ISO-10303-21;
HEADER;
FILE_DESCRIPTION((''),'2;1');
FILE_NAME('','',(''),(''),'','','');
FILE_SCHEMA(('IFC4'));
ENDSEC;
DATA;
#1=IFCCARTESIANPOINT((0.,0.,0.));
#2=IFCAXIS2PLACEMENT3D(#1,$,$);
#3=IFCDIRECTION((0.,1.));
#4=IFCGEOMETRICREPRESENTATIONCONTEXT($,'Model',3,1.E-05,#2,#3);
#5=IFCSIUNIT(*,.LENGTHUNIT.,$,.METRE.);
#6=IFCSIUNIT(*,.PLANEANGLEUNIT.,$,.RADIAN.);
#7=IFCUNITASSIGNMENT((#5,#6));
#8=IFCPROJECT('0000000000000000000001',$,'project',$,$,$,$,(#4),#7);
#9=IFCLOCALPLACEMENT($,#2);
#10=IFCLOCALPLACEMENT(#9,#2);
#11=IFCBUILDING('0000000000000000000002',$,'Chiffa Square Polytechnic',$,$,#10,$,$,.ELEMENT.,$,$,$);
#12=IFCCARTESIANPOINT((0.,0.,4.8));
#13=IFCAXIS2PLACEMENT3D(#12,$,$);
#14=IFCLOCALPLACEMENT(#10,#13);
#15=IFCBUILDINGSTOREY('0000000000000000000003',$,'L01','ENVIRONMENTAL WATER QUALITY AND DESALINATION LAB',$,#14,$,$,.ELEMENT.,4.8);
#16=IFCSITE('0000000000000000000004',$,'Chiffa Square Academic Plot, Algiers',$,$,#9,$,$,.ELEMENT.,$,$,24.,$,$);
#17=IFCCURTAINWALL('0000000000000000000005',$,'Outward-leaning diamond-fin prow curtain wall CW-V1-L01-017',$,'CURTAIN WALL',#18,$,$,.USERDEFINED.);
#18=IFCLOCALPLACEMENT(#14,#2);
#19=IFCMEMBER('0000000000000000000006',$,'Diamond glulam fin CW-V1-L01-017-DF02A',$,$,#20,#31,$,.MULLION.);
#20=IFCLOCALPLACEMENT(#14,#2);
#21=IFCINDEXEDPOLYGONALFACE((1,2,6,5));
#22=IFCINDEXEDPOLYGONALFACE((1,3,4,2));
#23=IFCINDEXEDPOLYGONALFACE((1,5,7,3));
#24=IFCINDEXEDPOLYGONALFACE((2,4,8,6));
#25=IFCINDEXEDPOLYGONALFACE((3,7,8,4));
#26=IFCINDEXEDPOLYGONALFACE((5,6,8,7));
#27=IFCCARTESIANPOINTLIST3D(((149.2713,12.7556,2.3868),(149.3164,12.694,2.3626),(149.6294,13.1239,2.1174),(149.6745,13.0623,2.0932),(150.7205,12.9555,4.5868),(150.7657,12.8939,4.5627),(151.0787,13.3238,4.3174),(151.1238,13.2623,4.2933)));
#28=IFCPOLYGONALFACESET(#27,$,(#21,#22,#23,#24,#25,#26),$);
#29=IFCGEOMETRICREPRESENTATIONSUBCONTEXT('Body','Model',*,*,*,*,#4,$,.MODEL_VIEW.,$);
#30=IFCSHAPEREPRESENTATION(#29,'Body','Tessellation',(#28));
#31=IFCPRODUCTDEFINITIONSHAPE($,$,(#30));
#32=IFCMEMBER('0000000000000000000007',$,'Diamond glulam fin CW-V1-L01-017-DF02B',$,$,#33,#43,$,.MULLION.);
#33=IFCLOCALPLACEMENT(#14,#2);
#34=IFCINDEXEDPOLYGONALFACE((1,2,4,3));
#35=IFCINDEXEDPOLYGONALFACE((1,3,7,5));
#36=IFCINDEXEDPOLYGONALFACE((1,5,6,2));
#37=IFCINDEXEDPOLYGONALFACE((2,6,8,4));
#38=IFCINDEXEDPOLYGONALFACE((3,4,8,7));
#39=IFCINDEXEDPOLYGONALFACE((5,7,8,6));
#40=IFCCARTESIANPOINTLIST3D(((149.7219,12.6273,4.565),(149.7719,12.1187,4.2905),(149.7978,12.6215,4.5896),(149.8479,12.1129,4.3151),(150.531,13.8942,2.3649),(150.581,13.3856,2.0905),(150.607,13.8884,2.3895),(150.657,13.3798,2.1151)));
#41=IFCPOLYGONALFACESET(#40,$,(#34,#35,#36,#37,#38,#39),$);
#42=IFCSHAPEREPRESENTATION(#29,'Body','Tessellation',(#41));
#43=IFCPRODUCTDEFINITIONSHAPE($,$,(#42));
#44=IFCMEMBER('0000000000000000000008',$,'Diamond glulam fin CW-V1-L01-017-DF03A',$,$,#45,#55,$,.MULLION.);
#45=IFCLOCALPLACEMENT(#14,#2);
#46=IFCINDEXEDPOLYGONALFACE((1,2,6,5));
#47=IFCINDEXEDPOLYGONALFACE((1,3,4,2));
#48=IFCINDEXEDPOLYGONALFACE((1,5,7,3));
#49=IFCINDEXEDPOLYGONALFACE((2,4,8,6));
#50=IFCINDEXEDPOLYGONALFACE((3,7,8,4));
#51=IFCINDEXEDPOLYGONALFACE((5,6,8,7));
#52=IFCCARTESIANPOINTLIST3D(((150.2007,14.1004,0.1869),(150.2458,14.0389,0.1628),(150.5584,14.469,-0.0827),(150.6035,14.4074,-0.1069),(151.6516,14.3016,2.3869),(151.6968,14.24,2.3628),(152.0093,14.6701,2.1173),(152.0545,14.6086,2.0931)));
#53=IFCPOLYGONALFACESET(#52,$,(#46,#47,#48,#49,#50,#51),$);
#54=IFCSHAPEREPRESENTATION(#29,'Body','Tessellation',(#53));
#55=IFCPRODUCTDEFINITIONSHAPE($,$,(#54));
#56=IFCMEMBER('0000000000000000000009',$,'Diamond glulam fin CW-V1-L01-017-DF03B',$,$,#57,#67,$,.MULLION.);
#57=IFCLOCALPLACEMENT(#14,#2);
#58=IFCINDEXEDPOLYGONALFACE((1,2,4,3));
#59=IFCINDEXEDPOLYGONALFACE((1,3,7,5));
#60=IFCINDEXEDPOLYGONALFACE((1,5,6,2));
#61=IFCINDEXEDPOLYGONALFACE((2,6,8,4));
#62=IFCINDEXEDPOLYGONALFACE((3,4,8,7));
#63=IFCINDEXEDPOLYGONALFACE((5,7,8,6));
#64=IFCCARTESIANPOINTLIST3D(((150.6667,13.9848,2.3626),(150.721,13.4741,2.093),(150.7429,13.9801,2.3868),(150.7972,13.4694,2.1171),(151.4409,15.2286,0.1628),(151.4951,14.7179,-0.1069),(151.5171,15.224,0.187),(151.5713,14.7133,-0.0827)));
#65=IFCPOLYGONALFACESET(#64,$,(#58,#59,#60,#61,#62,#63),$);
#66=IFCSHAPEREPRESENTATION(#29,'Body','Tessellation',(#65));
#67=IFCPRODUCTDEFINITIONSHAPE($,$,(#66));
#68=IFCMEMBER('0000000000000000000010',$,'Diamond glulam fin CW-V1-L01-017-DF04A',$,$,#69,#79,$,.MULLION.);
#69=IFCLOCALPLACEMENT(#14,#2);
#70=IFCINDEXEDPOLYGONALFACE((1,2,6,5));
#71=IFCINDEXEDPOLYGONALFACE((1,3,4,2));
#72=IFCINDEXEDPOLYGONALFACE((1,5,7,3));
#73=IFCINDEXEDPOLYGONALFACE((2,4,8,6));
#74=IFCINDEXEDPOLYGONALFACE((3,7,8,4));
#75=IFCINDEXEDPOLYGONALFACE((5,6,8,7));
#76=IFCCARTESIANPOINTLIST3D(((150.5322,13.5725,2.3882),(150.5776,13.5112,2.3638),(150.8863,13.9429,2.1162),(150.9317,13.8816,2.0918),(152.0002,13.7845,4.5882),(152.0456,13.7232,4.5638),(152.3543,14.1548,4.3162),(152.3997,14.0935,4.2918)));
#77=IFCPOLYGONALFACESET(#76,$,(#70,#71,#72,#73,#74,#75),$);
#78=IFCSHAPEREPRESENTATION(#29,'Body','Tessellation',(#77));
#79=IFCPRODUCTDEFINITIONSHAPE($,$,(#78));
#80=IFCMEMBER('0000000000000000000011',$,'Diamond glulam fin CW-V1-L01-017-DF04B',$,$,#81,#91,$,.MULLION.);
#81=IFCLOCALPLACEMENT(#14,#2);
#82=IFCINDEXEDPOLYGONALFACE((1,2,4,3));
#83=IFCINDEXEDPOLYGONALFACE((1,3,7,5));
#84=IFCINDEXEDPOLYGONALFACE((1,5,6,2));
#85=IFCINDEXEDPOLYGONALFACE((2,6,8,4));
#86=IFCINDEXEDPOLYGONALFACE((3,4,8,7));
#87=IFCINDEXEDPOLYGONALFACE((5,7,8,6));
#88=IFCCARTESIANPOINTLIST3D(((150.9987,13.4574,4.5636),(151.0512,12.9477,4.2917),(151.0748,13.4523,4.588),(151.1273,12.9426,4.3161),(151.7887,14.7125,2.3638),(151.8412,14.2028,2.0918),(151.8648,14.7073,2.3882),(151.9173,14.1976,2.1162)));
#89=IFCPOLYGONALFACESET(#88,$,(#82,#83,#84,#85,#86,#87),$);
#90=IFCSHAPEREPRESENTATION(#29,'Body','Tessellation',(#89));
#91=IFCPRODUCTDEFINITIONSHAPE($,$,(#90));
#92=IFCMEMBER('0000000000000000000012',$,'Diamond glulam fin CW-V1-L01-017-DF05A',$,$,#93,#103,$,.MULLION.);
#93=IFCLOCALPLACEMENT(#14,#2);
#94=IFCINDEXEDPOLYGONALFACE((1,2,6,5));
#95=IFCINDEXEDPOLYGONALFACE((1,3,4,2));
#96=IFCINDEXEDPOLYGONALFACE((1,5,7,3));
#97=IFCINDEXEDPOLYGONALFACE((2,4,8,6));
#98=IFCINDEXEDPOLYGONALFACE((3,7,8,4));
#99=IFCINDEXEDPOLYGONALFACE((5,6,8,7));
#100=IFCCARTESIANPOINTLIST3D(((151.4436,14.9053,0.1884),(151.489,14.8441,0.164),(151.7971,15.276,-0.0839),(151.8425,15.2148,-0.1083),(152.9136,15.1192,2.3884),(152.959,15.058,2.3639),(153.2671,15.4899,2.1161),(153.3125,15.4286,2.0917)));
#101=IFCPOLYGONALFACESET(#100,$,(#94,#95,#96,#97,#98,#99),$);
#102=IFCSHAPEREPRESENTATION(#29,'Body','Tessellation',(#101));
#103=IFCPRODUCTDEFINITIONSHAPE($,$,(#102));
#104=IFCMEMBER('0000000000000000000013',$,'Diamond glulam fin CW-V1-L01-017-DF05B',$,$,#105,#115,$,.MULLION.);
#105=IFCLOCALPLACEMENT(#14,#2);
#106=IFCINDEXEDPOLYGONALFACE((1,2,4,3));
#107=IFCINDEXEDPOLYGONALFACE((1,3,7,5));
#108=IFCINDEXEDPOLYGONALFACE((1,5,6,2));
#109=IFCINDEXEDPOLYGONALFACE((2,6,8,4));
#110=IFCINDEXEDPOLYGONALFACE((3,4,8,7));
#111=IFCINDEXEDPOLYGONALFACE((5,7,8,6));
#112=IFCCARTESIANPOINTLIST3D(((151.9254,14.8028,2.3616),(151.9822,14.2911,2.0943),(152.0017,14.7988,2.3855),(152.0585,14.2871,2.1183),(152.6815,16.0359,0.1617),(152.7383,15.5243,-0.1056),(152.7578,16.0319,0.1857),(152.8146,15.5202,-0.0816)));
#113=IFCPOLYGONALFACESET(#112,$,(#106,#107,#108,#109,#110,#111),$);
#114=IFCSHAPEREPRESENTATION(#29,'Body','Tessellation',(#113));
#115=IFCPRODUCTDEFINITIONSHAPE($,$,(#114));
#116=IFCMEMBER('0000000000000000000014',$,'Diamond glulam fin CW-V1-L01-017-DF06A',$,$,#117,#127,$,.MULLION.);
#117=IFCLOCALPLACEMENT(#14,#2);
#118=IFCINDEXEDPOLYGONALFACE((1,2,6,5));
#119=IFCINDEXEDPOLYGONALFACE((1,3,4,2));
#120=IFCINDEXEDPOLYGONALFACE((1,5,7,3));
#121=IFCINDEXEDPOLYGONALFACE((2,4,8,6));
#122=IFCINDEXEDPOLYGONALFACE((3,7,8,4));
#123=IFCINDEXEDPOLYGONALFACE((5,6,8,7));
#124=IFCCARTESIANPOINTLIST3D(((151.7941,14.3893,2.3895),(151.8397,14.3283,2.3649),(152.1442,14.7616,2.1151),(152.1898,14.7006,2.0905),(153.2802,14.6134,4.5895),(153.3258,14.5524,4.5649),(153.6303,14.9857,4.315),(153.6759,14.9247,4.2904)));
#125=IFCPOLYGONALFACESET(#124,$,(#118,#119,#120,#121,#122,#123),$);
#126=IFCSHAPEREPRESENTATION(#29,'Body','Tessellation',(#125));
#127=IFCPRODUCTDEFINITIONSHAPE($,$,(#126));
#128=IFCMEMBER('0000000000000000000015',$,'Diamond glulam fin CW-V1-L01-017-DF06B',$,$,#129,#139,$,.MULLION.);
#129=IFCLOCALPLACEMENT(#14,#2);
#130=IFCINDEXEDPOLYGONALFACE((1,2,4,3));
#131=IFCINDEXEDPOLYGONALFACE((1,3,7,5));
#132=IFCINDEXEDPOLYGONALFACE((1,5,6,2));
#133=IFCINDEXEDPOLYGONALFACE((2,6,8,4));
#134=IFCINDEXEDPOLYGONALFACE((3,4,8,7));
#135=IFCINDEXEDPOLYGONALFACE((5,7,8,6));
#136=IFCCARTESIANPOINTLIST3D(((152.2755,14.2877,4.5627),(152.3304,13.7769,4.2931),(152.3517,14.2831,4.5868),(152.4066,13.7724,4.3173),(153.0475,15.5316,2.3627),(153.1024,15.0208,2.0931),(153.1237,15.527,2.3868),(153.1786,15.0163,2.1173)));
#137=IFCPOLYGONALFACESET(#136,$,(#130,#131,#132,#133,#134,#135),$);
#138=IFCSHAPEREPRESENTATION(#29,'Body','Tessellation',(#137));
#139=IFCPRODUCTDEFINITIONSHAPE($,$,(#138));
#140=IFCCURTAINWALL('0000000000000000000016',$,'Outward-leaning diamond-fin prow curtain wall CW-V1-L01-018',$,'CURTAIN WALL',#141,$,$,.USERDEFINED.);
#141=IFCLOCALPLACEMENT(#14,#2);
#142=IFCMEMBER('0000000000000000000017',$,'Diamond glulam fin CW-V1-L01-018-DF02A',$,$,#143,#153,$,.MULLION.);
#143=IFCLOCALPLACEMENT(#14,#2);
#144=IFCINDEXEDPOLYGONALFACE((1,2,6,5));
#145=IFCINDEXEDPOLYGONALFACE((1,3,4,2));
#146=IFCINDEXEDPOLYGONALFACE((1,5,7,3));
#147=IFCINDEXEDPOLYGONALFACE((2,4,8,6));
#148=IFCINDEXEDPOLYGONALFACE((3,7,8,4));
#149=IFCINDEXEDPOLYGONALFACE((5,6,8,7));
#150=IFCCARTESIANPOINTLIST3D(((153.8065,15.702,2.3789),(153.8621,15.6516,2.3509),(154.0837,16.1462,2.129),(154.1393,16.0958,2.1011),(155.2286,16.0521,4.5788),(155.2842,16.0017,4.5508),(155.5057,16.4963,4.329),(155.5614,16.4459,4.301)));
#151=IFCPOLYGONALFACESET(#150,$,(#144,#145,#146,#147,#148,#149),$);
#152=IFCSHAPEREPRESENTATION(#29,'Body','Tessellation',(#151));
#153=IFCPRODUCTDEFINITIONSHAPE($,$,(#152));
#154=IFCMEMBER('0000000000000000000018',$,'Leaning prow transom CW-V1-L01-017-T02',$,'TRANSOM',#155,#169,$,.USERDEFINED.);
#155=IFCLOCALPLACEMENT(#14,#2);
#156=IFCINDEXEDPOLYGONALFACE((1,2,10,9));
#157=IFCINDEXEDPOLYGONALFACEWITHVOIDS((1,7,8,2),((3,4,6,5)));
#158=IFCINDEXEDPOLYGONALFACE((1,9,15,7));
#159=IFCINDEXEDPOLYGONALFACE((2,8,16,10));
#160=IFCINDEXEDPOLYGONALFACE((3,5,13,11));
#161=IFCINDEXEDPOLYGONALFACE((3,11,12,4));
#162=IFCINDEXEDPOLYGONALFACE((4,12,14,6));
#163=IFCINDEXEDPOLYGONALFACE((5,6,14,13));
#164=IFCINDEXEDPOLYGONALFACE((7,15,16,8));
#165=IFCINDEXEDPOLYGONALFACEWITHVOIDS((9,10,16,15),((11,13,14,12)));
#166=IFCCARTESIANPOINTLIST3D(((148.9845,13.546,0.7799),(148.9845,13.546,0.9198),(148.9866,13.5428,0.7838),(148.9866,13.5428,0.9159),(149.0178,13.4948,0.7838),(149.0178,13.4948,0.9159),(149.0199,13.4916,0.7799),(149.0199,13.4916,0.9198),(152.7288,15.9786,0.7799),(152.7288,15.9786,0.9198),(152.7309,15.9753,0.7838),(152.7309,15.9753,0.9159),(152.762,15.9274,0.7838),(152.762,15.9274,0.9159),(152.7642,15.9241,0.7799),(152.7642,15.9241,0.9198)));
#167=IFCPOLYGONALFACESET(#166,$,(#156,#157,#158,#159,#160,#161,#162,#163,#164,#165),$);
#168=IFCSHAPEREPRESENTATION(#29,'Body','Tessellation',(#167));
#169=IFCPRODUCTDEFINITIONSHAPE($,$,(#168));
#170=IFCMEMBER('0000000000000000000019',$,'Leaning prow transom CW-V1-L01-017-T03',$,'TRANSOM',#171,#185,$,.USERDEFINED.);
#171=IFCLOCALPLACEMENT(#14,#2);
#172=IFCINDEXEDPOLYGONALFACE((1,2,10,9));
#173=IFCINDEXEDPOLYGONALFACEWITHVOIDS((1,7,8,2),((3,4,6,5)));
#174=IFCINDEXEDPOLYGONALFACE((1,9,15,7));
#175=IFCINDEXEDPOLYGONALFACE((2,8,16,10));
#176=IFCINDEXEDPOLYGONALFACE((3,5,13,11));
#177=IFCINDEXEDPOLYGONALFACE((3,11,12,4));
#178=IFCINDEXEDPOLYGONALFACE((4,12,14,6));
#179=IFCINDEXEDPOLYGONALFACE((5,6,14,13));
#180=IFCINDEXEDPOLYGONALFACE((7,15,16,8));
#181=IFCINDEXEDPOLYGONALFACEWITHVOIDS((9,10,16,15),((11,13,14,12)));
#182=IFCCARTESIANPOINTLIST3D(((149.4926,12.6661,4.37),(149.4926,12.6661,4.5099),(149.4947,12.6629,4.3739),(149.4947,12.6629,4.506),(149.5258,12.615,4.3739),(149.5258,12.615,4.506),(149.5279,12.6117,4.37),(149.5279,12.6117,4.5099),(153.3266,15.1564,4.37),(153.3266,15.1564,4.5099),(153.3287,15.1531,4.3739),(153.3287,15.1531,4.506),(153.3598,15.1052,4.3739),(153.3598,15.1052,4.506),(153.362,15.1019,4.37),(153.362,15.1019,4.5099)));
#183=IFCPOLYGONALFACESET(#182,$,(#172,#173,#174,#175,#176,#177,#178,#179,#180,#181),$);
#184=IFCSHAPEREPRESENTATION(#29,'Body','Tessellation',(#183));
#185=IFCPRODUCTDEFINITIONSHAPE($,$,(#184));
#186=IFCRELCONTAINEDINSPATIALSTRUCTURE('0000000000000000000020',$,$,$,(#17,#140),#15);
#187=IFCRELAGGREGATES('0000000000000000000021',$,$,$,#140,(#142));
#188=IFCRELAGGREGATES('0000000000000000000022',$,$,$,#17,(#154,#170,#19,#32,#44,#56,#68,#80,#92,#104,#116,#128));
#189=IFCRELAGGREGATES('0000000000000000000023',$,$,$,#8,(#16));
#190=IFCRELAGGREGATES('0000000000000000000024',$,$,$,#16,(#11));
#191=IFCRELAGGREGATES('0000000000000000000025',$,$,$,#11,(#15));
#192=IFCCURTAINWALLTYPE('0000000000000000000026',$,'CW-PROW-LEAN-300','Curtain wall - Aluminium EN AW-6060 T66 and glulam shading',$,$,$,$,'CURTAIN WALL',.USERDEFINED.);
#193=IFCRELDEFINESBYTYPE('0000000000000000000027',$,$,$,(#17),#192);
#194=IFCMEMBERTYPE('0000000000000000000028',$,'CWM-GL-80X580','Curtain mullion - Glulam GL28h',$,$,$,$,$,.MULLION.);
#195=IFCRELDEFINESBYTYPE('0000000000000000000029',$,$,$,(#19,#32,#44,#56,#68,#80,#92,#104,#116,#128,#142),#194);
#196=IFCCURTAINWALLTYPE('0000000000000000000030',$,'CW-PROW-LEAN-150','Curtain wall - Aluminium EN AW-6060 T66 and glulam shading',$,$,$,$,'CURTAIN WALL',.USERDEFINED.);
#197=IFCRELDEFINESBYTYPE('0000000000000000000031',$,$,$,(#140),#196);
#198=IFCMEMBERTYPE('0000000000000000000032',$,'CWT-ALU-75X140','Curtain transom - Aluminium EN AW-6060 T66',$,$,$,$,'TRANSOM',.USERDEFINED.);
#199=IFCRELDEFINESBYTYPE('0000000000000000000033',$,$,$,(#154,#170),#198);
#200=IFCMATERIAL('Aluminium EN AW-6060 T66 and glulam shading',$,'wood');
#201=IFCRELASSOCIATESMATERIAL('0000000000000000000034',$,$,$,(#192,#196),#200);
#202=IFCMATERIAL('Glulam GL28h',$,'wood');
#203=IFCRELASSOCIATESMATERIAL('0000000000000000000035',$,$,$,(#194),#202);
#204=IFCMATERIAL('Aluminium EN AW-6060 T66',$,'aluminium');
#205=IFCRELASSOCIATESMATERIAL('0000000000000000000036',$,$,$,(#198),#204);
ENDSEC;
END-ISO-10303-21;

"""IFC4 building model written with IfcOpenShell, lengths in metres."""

from ifc_helpers import new_model, si_unit, direction, frame, origin, origin_2d, place, context, subcontext, project, spatial, rectangle, hollow_rectangle, extrude, material, material_profile, profile_set, type_object, element, aggregate, save


model = new_model("IFC4")

# Units and contexts
model_context = context("Model", 3, precision=1e-05, world=origin(), true_north=direction((0.0, 1.0)))
body_context = subcontext(model_context, "Body", "Model", "MODEL_VIEW")
ifc_project = project(units=[si_unit("LENGTHUNIT", "METRE"), si_unit("PLANEANGLEUNIT", "RADIAN")], contexts=[model_context])

# Site, building, storey
site_placement = place(None, origin())
site = spatial("IfcSite", under=ifc_project, at=site_placement, Name="Chiffa Square Academic Plot, Algiers", CompositionType="ELEMENT", RefElevation=24.0)
building_placement = place(site_placement, origin())
building = spatial("IfcBuilding", under=site, at=building_placement, Name="Chiffa Square Polytechnic", CompositionType="ELEMENT")
storey_placement = place(building_placement, frame((0.0, 0.0, 4.8)))
storey = spatial("IfcBuildingStorey", under=building, at=storey_placement, Name="L01", Description="ENVIRONMENTAL WATER QUALITY AND DESALINATION LAB", CompositionType="ELEMENT", Elevation=4.8)

# Curtain wall, members
ifc_material_1 = material(Name="Aluminium EN AW-6060 T66 and glulam shading", Category="wood")
curtain_wall_type_1 = type_object("IfcCurtainWallType", Name="CW-PROW-LEAN-300", Description="Curtain wall - Aluminium EN AW-6060 T66 and glulam shading", ElementType="CURTAIN WALL", PredefinedType="USERDEFINED", material=ifc_material_1)
curtain_wall_1_placement = place(storey_placement, origin())
curtain_wall_1 = element("IfcCurtainWall", 1, at=curtain_wall_1_placement, inside=storey, type_object=curtain_wall_type_1, Name="Outward-leaning diamond-fin prow curtain wall CW-V1-L01-017", ObjectType="CURTAIN WALL", PredefinedType="USERDEFINED")
ifc_material_2 = material(Name="Aluminium EN AW-6060 T66", Category="aluminium")
ifc_material_3 = material(Name="Glulam GL28h", Category="wood")
ifc_material_profile_1 = material_profile(ifc_material_3, rectangle(XDim=0.0801, YDim=0.5801, at=origin_2d()), Name="GL28h 80x580")
ifc_profile_set_1 = profile_set([ifc_material_profile_1], Name="Glulam GL28h")
member_type_1 = type_object("IfcMemberType", Name="CWM-GL-80X580", Description="Curtain mullion - Glulam GL28h", PredefinedType="MULLION", material=ifc_profile_set_1)
member_1_placement = place(storey_placement, frame((149.4729, 12.9089, 2.24), z_axis=(0.548537, 0.075683, 0.832694), x_axis=(-0.563888, 0.768815, 0.301585)))
member_1 = element("IfcMember", 2, at=member_1_placement, type_object=member_type_1, Name="Diamond glulam fin CW-V1-L01-017-DF02A", PredefinedType="MULLION", context=body_context, shape_type="SweptSolid", body=[
    extrude(rectangle(XDim=0.0801, YDim=0.5801, at=origin_2d()), origin(), (0.0, 0.0, 1.0), 2.6421),
])
member_2_placement = place(storey_placement, frame((150.594, 13.637, 2.24), z_axis=(-0.303658, -0.475462, 0.825668), x_axis=(0.948865, -0.072423, 0.307262)))
member_2 = element("IfcMember", 3, at=member_2_placement, type_object=member_type_1, Name="Diamond glulam fin CW-V1-L01-017-DF02B", PredefinedType="MULLION", context=body_context, shape_type="SweptSolid", body=[
    extrude(rectangle(XDim=0.0801, YDim=0.5801, at=origin_2d()), origin(), (0.0, 0.0, 1.0), 2.6646),
])
member_3_placement = place(storey_placement, frame((150.4021, 14.2539, 0.04), z_axis=(0.54897, 0.076115, 0.832369), x_axis=(-0.564225, 0.768463, 0.301851)))
member_3 = element("IfcMember", 4, at=member_3_placement, type_object=member_type_1, Name="Diamond glulam fin CW-V1-L01-017-DF03A", PredefinedType="MULLION", context=body_context, shape_type="SweptSolid", body=[
    extrude(rectangle(XDim=0.0801, YDim=0.5801, at=origin_2d()), origin(), (0.0, 0.0, 1.0), 2.6431),
])
member_4_placement = place(storey_placement, frame((151.5061, 14.9709, 0.04), z_axis=(-0.292893, -0.470606, 0.832312), x_axis=(0.951557, -0.05829, 0.301897)))
member_4 = element("IfcMember", 5, at=member_4_placement, type_object=member_type_1, Name="Diamond glulam fin CW-V1-L01-017-DF03B", PredefinedType="MULLION", context=body_context, shape_type="SweptSolid", body=[
    extrude(rectangle(XDim=0.0801, YDim=0.5801, at=origin_2d()), origin(), (0.0, 0.0, 1.0), 2.6431),
])
member_5_placement = place(storey_placement, frame((150.7319, 13.7271, 2.24), z_axis=(0.553289, 0.079869, 0.829151), x_axis=(-0.566779, 0.765547, 0.304466)))
member_5 = element("IfcMember", 6, at=member_5_placement, type_object=member_type_1, Name="Diamond glulam fin CW-V1-L01-017-DF04A", PredefinedType="MULLION", context=body_context, shape_type="SweptSolid", body=[
    extrude(rectangle(XDim=0.0801, YDim=0.5801, at=origin_2d()), origin(), (0.0, 0.0, 1.0), 2.6533),
])
member_6_placement = place(storey_placement, frame((151.853, 14.4551, 2.24), z_axis=(-0.297772, -0.473068, 0.82918), x_axis=(0.950339, -0.06457, 0.304444)))
member_6 = element("IfcMember", 7, at=member_6_placement, type_object=member_type_1, Name="Diamond glulam fin CW-V1-L01-017-DF04B", PredefinedType="MULLION", context=body_context, shape_type="SweptSolid", body=[
    extrude(rectangle(XDim=0.0801, YDim=0.5801, at=origin_2d()), origin(), (0.0, 0.0, 1.0), 2.6531),
])
member_7_placement = place(storey_placement, frame((151.6431, 15.0601, 0.04), z_axis=(0.553767, 0.080568, 0.828765), x_axis=(-0.567422, 0.764946, 0.304778)))
member_7 = element("IfcMember", 8, at=member_7_placement, type_object=member_type_1, Name="Diamond glulam fin CW-V1-L01-017-DF05A", PredefinedType="MULLION", context=body_context, shape_type="SweptSolid", body=[
    extrude(rectangle(XDim=0.0801, YDim=0.5801, at=origin_2d()), origin(), (0.0, 0.0, 1.0), 2.6545),
])
member_8_placement = place(storey_placement, frame((152.748, 15.7781, 0.04), z_axis=(-0.287175, -0.468364, 0.835563), x_axis=(0.95285, -0.050424, 0.299222)))
member_8 = element("IfcMember", 9, at=member_8_placement, type_object=member_type_1, Name="Diamond glulam fin CW-V1-L01-017-DF05B", PredefinedType="MULLION", context=body_context, shape_type="SweptSolid", body=[
    extrude(rectangle(XDim=0.0801, YDim=0.5801, at=origin_2d()), origin(), (0.0, 0.0, 1.0), 2.6328),
])
member_9_placement = place(storey_placement, frame((151.9919, 14.5449, 2.24), z_axis=(0.557778, 0.08412, 0.825716), x_axis=(-0.569757, 0.762228, 0.307223)))
member_9 = element("IfcMember", 10, at=member_9_placement, type_object=member_type_1, Name="Diamond glulam fin CW-V1-L01-017-DF06A", PredefinedType="MULLION", context=body_context, shape_type="SweptSolid", body=[
    extrude(rectangle(XDim=0.0801, YDim=0.5801, at=origin_2d()), origin(), (0.0, 0.0, 1.0), 2.6643),
])
member_10_placement = place(storey_placement, frame((153.113, 15.2739, 2.24), z_axis=(-0.292133, -0.47072, 0.832515), x_axis=(0.951688, -0.056984, 0.301732)))
member_10 = element("IfcMember", 11, at=member_10_placement, type_object=member_type_1, Name="Diamond glulam fin CW-V1-L01-017-DF06B", PredefinedType="MULLION", context=body_context, shape_type="SweptSolid", body=[
    extrude(rectangle(XDim=0.0801, YDim=0.5801, at=origin_2d()), origin(), (0.0, 0.0, 1.0), 2.6426),
])

# Curtain wall, member
curtain_wall_type_2 = type_object("IfcCurtainWallType", Name="CW-PROW-LEAN-150", Description="Curtain wall - Aluminium EN AW-6060 T66 and glulam shading", ElementType="CURTAIN WALL", PredefinedType="USERDEFINED", material=ifc_material_1)
curtain_wall_2_placement = place(storey_placement, origin())
curtain_wall_2 = element("IfcCurtainWall", 12, at=curtain_wall_2_placement, inside=storey, type_object=curtain_wall_type_2, Name="Outward-leaning diamond-fin prow curtain wall CW-V1-L01-018", ObjectType="CURTAIN WALL", PredefinedType="USERDEFINED")
member_11_placement = place(storey_placement, frame((153.9729, 15.8989, 2.24), z_axis=(0.538096, 0.132469, 0.832409), x_axis=(-0.694436, 0.629392, 0.348745)))
member_11 = element("IfcMember", 13, at=member_11_placement, type_object=member_type_1, Name="Diamond glulam fin CW-V1-L01-018-DF02A", PredefinedType="MULLION", context=body_context, shape_type="SweptSolid", body=[
    extrude(rectangle(XDim=0.0801, YDim=0.5801, at=origin_2d()), origin(), (0.0, 0.0, 1.0), 2.6428),
])

# Members
ifc_material_profile_2 = material_profile(ifc_material_2, hollow_rectangle(XDim=0.0649, YDim=0.1399, WallThickness=0.0039, at=origin_2d()), Name="ALU 65x140x4")
ifc_profile_set_2 = profile_set([ifc_material_profile_2], Name="Aluminium EN AW-6060 T66")
member_type_2 = type_object("IfcMemberType", Name="CWT-ALU-75X140", Description="Curtain transom - Aluminium EN AW-6060 T66", ElementType="TRANSOM", PredefinedType="USERDEFINED", material=ifc_profile_set_2)
member_12_placement = place(storey_placement, frame((149.0022, 13.5188, 0.8499), z_axis=(0.83857, 0.544794, 0.0), x_axis=(-0.544794, 0.83857, 0.0)))
member_12 = element("IfcMember", 14, at=member_12_placement, type_object=member_type_2, Name="Leaning prow transom CW-V1-L01-017-T02", ObjectType="TRANSOM", PredefinedType="USERDEFINED", context=body_context, shape_type="SweptSolid", body=[
    extrude(hollow_rectangle(XDim=0.0649, YDim=0.1399, WallThickness=0.0039, at=origin_2d()), origin(), (0.0, 0.0, 1.0), 4.4651),
])
member_13_placement = place(storey_placement, frame((149.5103, 12.6389, 4.4399), z_axis=(0.838629, 0.544703, 0.0), x_axis=(-0.544703, 0.838629, 0.0)))
member_13 = element("IfcMember", 15, at=member_13_placement, type_object=member_type_2, Name="Leaning prow transom CW-V1-L01-017-T03", ObjectType="TRANSOM", PredefinedType="USERDEFINED", context=body_context, shape_type="SweptSolid", body=[
    extrude(hollow_rectangle(XDim=0.0649, YDim=0.1399, WallThickness=0.0039, at=origin_2d()), origin(), (0.0, 0.0, 1.0), 4.5718),
])
aggregate(curtain_wall_2, [member_11])

aggregate(curtain_wall_1, [member_12, member_13, member_1, member_2, member_3, member_4, member_5, member_6, member_7, member_8, member_9, member_10])

save(model, "model.ifc")
